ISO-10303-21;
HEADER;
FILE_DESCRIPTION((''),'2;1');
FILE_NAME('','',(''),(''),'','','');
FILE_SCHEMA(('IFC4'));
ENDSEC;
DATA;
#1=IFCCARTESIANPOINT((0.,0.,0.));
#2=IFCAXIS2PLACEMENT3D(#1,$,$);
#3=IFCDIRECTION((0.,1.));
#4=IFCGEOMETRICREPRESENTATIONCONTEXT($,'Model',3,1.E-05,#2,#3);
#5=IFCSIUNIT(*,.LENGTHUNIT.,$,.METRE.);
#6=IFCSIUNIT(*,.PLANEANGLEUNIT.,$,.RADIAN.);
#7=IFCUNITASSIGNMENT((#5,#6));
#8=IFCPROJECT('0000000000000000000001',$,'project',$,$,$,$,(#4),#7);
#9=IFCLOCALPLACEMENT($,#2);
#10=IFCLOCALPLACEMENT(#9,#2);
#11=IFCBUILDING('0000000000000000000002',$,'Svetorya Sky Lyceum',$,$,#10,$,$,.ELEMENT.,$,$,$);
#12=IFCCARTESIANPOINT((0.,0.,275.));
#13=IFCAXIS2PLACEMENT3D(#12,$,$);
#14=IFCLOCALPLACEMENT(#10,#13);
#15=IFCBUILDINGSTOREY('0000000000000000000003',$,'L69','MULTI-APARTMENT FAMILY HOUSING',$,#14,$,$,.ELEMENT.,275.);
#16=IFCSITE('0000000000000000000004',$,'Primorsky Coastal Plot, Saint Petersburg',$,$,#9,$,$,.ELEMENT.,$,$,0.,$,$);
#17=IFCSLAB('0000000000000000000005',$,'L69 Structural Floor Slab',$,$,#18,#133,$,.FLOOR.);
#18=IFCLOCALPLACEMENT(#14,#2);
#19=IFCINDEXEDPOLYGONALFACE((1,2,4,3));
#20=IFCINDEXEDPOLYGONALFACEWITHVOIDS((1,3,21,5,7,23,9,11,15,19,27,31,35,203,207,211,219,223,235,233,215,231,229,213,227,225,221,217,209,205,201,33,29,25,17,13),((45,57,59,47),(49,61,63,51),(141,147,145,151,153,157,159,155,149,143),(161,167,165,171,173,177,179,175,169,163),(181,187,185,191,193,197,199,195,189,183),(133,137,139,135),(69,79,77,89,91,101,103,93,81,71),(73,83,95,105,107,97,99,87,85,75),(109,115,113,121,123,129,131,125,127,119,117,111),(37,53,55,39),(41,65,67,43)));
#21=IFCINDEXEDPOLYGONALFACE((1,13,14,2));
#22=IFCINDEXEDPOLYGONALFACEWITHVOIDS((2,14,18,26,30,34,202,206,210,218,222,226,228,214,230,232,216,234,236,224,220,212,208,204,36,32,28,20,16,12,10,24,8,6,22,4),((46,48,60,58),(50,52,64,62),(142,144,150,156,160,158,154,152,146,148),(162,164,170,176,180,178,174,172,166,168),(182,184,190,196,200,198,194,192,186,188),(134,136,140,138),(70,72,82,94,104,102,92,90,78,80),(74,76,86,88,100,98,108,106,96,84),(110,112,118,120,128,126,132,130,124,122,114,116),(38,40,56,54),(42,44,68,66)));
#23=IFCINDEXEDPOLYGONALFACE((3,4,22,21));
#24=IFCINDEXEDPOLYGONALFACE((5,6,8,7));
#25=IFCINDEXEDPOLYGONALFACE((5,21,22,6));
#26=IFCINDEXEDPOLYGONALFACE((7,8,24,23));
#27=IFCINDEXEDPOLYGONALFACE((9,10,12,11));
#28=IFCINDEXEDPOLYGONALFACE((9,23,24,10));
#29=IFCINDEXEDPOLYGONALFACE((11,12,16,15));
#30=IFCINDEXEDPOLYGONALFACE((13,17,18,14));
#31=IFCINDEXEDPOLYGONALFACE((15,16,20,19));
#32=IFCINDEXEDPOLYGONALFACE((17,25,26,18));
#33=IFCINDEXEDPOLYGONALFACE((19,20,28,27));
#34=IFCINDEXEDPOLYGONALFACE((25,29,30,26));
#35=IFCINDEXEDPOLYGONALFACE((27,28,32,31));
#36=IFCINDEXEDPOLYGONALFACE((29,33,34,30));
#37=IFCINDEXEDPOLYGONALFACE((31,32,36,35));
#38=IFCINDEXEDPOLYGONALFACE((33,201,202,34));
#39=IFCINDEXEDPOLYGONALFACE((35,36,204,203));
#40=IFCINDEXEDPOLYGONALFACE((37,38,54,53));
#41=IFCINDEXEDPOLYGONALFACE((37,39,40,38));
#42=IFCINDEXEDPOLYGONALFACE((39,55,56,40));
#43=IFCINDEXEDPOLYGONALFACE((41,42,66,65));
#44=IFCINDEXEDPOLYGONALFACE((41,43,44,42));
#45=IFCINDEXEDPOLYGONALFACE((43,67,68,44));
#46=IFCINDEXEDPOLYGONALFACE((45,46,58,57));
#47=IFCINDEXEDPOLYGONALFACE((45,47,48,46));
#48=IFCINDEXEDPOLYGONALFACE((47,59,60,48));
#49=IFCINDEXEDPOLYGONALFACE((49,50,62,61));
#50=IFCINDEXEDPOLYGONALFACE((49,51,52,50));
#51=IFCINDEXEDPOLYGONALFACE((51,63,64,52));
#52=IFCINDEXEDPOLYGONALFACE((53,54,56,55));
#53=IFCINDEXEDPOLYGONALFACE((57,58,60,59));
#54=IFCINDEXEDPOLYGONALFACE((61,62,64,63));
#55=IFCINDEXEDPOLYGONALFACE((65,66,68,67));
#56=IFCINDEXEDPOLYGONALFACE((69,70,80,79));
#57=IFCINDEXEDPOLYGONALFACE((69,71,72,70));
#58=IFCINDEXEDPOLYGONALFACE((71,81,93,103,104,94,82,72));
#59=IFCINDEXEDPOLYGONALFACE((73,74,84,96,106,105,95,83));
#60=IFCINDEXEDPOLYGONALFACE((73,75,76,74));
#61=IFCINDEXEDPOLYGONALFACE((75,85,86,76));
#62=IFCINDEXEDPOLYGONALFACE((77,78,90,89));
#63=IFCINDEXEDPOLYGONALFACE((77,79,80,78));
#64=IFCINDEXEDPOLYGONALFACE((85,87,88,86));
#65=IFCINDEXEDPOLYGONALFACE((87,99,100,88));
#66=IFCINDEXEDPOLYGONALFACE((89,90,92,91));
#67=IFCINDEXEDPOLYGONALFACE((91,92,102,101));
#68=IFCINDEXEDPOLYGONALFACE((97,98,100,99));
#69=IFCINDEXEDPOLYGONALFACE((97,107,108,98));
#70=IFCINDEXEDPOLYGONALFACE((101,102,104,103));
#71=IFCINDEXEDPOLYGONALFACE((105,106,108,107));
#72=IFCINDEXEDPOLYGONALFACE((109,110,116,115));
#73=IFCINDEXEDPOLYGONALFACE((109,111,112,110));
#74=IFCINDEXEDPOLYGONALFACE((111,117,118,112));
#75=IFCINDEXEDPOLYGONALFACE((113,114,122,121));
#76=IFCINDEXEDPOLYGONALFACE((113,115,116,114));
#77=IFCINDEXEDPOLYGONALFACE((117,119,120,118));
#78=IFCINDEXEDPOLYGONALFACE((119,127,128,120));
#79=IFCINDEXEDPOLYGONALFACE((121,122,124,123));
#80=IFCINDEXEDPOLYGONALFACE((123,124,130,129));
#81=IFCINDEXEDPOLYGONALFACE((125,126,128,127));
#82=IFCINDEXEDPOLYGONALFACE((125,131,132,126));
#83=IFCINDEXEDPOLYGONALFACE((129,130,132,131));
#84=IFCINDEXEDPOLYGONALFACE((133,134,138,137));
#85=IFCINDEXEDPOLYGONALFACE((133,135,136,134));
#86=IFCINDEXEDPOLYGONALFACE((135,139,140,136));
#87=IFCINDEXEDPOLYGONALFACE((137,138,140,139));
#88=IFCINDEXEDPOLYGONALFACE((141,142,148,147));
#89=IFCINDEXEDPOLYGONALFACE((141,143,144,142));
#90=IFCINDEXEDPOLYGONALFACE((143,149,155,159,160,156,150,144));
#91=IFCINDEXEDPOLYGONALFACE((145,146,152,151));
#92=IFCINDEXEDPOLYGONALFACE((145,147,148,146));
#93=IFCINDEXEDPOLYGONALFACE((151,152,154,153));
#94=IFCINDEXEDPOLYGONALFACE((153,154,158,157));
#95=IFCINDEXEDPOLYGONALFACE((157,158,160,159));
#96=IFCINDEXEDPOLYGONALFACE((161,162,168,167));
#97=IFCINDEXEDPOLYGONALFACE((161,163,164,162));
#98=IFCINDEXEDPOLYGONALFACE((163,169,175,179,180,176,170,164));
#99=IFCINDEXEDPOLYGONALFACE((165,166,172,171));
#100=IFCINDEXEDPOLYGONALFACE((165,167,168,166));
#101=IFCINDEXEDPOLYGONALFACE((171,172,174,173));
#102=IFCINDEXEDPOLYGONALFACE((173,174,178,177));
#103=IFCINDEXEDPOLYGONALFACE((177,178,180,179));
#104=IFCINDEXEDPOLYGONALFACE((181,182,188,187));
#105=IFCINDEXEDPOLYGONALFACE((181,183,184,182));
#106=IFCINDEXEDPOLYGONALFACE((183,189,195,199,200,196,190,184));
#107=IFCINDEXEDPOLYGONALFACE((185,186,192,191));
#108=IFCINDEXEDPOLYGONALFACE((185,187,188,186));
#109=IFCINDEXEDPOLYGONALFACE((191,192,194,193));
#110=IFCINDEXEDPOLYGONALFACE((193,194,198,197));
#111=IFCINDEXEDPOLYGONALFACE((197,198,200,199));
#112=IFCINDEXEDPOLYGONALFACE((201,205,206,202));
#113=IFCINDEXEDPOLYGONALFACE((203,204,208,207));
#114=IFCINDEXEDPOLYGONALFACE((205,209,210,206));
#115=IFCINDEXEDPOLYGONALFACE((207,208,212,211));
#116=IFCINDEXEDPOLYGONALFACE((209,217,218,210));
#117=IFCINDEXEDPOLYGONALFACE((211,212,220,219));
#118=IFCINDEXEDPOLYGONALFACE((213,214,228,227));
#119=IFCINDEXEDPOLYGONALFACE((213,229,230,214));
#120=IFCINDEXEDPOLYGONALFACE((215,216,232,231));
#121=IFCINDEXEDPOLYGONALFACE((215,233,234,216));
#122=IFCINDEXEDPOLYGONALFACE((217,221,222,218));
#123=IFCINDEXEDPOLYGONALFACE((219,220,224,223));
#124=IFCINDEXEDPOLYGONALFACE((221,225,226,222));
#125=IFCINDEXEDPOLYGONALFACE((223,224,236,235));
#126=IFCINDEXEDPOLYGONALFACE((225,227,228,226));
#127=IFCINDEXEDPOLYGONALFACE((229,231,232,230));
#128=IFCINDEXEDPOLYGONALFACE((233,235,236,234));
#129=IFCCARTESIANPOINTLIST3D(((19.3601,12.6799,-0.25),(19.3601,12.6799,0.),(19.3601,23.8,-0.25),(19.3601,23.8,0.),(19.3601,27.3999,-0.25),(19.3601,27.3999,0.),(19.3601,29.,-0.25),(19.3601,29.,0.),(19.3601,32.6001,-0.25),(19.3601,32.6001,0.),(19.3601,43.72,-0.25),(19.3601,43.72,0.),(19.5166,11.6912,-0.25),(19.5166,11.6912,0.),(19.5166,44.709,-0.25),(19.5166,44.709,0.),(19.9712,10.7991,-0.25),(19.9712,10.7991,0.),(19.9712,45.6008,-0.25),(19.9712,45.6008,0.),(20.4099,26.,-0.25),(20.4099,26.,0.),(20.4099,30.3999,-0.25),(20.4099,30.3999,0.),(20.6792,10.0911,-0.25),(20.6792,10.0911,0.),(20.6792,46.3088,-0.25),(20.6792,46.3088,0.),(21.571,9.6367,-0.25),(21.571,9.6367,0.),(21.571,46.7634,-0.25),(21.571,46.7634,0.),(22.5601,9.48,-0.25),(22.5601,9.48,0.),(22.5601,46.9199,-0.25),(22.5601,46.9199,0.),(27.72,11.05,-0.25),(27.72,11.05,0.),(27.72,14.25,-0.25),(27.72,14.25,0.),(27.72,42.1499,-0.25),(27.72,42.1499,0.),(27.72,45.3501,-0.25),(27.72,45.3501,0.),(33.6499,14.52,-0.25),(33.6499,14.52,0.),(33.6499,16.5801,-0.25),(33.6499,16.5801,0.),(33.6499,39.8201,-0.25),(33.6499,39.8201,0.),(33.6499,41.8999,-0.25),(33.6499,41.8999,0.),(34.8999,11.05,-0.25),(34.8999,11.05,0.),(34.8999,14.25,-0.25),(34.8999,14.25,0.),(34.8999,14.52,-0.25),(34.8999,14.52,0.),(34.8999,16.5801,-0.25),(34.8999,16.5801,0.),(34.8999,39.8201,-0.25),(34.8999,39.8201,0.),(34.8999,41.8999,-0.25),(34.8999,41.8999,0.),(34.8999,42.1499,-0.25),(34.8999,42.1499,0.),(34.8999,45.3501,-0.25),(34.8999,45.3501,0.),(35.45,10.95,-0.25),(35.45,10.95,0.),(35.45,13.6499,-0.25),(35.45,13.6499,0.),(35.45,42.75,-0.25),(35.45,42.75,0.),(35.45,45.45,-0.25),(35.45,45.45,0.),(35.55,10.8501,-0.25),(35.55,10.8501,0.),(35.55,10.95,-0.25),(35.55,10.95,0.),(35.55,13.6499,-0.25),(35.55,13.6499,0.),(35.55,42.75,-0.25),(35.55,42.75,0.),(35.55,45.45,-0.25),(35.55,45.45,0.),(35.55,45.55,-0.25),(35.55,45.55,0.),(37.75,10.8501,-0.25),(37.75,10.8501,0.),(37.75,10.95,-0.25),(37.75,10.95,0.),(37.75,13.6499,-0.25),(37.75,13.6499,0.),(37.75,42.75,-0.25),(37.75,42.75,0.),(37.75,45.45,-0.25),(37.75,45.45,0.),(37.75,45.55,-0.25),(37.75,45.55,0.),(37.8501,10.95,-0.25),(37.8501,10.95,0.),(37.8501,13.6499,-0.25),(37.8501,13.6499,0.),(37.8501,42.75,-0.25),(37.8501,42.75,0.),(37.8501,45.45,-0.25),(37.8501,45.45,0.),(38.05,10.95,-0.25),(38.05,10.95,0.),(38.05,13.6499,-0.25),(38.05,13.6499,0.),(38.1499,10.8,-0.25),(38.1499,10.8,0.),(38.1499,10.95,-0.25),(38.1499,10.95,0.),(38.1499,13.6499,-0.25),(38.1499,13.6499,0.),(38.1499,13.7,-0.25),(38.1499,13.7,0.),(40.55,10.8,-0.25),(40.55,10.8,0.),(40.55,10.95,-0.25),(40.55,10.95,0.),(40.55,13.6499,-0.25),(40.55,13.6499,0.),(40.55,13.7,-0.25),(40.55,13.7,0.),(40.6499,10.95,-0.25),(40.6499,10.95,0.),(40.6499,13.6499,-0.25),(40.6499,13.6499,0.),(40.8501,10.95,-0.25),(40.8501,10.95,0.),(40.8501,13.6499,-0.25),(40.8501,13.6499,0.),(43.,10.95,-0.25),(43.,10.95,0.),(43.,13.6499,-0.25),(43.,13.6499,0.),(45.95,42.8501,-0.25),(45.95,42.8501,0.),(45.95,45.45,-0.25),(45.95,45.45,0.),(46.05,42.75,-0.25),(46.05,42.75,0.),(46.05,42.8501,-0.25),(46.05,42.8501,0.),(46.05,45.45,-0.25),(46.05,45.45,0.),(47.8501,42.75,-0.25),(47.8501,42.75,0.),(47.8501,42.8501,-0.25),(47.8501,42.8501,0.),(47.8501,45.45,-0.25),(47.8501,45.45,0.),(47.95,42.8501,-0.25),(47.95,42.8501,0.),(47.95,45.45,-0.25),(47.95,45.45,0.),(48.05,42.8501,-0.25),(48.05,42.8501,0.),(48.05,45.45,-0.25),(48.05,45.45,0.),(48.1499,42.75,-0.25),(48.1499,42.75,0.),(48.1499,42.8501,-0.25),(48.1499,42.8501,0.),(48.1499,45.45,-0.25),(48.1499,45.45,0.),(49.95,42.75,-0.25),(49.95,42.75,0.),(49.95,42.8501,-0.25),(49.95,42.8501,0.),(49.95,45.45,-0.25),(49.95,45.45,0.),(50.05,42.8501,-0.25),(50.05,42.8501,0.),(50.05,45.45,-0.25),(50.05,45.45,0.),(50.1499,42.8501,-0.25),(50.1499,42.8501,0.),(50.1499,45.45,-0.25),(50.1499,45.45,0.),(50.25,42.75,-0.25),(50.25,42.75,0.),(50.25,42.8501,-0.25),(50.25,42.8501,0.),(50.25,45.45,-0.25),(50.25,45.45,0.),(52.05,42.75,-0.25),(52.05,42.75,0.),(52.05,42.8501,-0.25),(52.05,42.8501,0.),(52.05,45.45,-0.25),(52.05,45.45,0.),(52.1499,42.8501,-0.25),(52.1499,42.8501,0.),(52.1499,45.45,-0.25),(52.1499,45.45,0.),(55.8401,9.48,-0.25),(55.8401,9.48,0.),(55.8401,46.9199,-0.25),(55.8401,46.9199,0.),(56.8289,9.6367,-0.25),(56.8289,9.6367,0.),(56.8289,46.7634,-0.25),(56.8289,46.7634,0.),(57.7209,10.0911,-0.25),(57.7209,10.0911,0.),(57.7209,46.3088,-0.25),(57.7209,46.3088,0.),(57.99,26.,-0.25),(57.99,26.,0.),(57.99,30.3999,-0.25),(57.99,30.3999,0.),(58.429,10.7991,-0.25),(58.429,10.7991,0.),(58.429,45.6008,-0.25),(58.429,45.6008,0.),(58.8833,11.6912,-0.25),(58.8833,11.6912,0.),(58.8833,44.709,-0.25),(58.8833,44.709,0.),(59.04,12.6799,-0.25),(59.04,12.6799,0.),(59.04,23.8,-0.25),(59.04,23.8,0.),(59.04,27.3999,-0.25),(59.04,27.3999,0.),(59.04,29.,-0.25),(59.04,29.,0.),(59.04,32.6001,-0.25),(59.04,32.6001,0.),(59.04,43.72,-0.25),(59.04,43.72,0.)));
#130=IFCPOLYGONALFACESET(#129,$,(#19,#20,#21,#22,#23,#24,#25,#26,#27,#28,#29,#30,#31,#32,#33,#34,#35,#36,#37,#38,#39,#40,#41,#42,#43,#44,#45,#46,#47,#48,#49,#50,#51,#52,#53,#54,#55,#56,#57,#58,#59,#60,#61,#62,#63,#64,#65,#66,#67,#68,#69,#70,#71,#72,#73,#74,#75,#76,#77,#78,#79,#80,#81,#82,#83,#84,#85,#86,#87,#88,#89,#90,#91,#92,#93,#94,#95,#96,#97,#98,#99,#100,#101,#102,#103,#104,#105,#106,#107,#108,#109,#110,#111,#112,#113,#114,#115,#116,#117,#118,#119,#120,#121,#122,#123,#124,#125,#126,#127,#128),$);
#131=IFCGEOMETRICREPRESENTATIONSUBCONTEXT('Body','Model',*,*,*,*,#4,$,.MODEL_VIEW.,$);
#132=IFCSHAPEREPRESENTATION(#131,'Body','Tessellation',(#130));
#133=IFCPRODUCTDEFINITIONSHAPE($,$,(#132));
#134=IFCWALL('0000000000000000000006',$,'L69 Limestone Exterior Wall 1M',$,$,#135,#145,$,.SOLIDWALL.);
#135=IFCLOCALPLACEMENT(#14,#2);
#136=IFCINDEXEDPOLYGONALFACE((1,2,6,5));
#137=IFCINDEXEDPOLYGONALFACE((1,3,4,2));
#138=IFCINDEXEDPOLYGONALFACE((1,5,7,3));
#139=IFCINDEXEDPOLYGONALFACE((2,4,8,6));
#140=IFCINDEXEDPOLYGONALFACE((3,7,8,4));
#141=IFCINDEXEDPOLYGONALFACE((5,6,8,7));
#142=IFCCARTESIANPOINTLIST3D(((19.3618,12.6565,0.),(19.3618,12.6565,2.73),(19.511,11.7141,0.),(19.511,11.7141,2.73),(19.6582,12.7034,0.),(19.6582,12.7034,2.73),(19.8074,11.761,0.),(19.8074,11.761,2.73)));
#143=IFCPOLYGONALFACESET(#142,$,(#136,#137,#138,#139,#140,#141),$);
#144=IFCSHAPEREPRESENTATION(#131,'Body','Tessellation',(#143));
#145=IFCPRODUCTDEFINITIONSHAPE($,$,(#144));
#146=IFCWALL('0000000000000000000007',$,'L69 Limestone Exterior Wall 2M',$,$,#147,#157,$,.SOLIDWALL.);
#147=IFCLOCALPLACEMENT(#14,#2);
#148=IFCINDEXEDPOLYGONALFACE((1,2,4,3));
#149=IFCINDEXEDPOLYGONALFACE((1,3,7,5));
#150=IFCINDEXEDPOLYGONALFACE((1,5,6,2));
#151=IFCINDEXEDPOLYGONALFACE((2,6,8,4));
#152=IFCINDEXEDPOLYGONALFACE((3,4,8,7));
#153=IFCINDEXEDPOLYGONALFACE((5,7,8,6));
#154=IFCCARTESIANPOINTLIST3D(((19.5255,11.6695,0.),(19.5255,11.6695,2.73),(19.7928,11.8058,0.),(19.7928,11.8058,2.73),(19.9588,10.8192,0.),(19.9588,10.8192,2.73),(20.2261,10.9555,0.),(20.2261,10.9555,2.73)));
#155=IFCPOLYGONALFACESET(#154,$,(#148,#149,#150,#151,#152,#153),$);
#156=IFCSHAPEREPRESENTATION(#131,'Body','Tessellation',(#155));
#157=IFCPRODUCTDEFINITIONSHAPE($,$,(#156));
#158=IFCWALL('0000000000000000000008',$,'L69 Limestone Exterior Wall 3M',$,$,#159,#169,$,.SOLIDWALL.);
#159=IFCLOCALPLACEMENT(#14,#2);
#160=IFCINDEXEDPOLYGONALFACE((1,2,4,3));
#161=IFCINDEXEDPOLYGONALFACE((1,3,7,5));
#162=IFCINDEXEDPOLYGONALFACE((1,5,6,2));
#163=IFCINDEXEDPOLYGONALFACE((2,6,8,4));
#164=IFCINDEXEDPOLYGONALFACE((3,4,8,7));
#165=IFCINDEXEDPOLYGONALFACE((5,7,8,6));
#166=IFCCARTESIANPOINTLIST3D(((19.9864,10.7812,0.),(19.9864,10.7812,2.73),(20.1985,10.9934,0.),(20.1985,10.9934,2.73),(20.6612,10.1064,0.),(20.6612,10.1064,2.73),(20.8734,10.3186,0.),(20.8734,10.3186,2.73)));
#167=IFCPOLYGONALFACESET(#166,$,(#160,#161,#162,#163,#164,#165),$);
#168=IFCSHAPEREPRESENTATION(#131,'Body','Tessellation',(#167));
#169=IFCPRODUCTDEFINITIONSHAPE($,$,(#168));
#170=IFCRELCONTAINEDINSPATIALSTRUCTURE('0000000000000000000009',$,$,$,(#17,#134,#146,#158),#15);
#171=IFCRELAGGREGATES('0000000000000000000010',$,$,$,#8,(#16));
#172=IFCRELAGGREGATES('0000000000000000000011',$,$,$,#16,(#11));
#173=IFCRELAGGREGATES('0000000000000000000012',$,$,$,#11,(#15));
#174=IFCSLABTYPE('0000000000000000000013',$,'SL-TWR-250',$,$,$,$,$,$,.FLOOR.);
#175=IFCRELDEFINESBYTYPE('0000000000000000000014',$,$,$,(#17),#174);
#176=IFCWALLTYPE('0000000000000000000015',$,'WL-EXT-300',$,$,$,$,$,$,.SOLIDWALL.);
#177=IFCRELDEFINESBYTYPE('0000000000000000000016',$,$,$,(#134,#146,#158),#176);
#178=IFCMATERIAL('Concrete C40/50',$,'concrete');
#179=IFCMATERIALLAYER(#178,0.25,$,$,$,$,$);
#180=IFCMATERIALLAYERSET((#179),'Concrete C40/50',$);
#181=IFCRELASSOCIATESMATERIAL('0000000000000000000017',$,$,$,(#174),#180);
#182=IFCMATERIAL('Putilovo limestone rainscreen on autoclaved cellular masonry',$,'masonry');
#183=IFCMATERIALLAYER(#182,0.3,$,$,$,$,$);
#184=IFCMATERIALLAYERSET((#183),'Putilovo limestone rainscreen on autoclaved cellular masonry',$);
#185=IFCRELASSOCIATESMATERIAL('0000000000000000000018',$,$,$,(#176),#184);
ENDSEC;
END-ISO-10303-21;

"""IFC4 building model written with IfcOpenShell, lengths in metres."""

from ifc_helpers import new_model, si_unit, direction, frame, frame_2d, origin, place, context, subcontext, project, spatial, polyline, rectangle, outline, extrude, material, layer, layer_set, type_object, element, save


model = new_model("IFC4")

# Units and contexts
model_context = context("Model", 3, precision=1e-05, world=origin(), true_north=direction((0.0, 1.0)))
body_context = subcontext(model_context, "Body", "Model", "MODEL_VIEW")
ifc_project = project(units=[si_unit("LENGTHUNIT", "METRE"), si_unit("PLANEANGLEUNIT", "RADIAN")], contexts=[model_context])

# Site, building, storey
site_placement = place(None, origin())
site = spatial("IfcSite", under=ifc_project, at=site_placement, Name="Primorsky Coastal Plot, Saint Petersburg", CompositionType="ELEMENT", RefElevation=0.0)
building_placement = place(site_placement, origin())
building = spatial("IfcBuilding", under=site, at=building_placement, Name="Svetorya Sky Lyceum", CompositionType="ELEMENT")
storey_placement = place(building_placement, frame((0.0, 0.0, 275.0)))
storey = spatial("IfcBuildingStorey", under=building, at=storey_placement, Name="L69", Description="MULTI-APARTMENT FAMILY HOUSING", CompositionType="ELEMENT", Elevation=275.0)

# Shared definitions
ifc_material_1 = material(Name="Concrete C40/50", Category="concrete")

# Slab
ifc_layer_1 = layer(ifc_material_1, 0.25)
ifc_layer_set_1 = layer_set([ifc_layer_1], Name="Concrete C40/50")
slab_type_1 = type_object("IfcSlabType", Name="SL-TWR-250", PredefinedType="FLOOR", material=ifc_layer_set_1)
slab_1_placement = place(storey_placement, frame((0.0, 0.0, -0.25)))
element("IfcSlab", 1, at=slab_1_placement, inside=storey, type_object=slab_type_1, Name="L69 Structural Floor Slab", PredefinedType="FLOOR", context=body_context, shape_type="SweptSolid", body=[
    extrude(outline(polyline([(19.3601, 12.6799), (19.5166, 11.6912), (19.9712, 10.7991), (20.6792, 10.0911), (21.571, 9.6367), (22.5601, 9.48), (55.8401, 9.48), (56.8289, 9.6367), (57.7209, 10.0911), (58.429, 10.7991), (58.8833, 11.6912), (59.04, 12.6799), (59.04, 23.8), (57.99, 26.0), (59.04, 27.3999), (59.04, 29.0), (57.99, 30.3999), (59.04, 32.6001), (59.04, 43.72), (58.8833, 44.709), (58.429, 45.6008), (57.7209, 46.3088), (56.8289, 46.7634), (55.8401, 46.9199), (22.5601, 46.9199), (21.571, 46.7634), (20.6792, 46.3088), (19.9712, 45.6008), (19.5166, 44.709), (19.3601, 43.72), (19.3601, 32.6001), (20.4099, 30.3999), (19.3601, 29.0), (19.3601, 27.3999), (20.4099, 26.0), (19.3601, 23.8), (19.3601, 12.6799)]), holes=[polyline([(37.8501, 10.95), (37.75, 10.95), (37.75, 10.8501), (35.55, 10.8501), (35.55, 10.95), (35.45, 10.95), (35.45, 13.6499), (35.55, 13.6499), (37.75, 13.6499), (37.8501, 13.6499), (37.8501, 10.95)]), polyline([(38.1499, 10.8), (38.1499, 10.95), (38.05, 10.95), (38.05, 13.6499), (38.1499, 13.6499), (38.1499, 13.7), (40.55, 13.7), (40.55, 13.6499), (40.6499, 13.6499), (40.6499, 10.95), (40.55, 10.95), (40.55, 10.8), (38.1499, 10.8)]), polyline([(27.72, 11.05), (27.72, 14.25), (34.8999, 14.25), (34.8999, 11.05), (27.72, 11.05)]), polyline([(33.6499, 14.52), (33.6499, 16.5801), (34.8999, 16.5801), (34.8999, 14.52), (33.6499, 14.52)]), polyline([(33.6499, 39.8201), (33.6499, 41.8999), (34.8999, 41.8999), (34.8999, 39.8201), (33.6499, 39.8201)]), polyline([(27.72, 42.1499), (27.72, 45.3501), (34.8999, 45.3501), (34.8999, 42.1499), (27.72, 42.1499)]), polyline([(37.75, 42.75), (35.55, 42.75), (35.45, 42.75), (35.45, 45.45), (35.55, 45.45), (35.55, 45.55), (37.75, 45.55), (37.75, 45.45), (37.8501, 45.45), (37.8501, 42.75), (37.75, 42.75)]), polyline([(40.8501, 10.95), (40.8501, 13.6499), (43.0, 13.6499), (43.0, 10.95), (40.8501, 10.95)]), polyline([(46.05, 42.75), (46.05, 42.8501), (45.95, 42.8501), (45.95, 45.45), (46.05, 45.45), (47.8501, 45.45), (47.95, 45.45), (47.95, 42.8501), (47.8501, 42.8501), (47.8501, 42.75), (46.05, 42.75)]), polyline([(50.05, 42.8501), (49.95, 42.8501), (49.95, 42.75), (48.1499, 42.75), (48.1499, 42.8501), (48.05, 42.8501), (48.05, 45.45), (48.1499, 45.45), (49.95, 45.45), (50.05, 45.45), (50.05, 42.8501)]), polyline([(52.1499, 42.8501), (52.05, 42.8501), (52.05, 42.75), (50.25, 42.75), (50.25, 42.8501), (50.1499, 42.8501), (50.1499, 45.45), (50.25, 45.45), (52.05, 45.45), (52.1499, 45.45), (52.1499, 42.8501)])]), origin(), (0.0, 0.0, 1.0), 0.25),
])

# Walls
ifc_material_2 = material(Name="Putilovo limestone rainscreen on autoclaved cellular masonry", Category="masonry")
ifc_layer_2 = layer(ifc_material_2, 0.3)
ifc_layer_set_2 = layer_set([ifc_layer_2], Name="Putilovo limestone rainscreen on autoclaved cellular masonry")
wall_type = type_object("IfcWallType", Name="WL-EXT-300", PredefinedType="SOLIDWALL", material=ifc_layer_set_2)
wall_placement = place(storey_placement, frame((19.51, 12.6799, 0.0), z_axis=(0.0, 0.0, 1.0), x_axis=(0.156344, -0.987703, 0.0)))
element("IfcWall", 2, at=wall_placement, inside=storey, type_object=wall_type, Name="L69 Limestone Exterior Wall 1M", PredefinedType="SOLIDWALL", context=body_context, shape_type="SweptSolid", body=[
    extrude(rectangle(XDim=0.9541, YDim=0.3, at=frame_2d((0.4771, 0.0))), origin(), (0.0, 0.0, 1.0), 2.73),
])
for number, where, z_axis, x_axis, name in (
    (3, (19.6592, 11.7375, 0.0), (0.0, 0.0, 1.0), (0.454056, -0.890973, 0.0), "L69 Limestone Exterior Wall 2M"),
    (4, (20.0925, 10.8872, 0.0), (0.0, 0.0, 1.0), (0.707107, -0.707107, 0.0), "L69 Limestone Exterior Wall 3M"),
):
    element("IfcWall", number, at=place(storey_placement, frame(where, z_axis=z_axis, x_axis=x_axis)), inside=storey, type_object=wall_type, Name=name, PredefinedType="SOLIDWALL", context=body_context, shape_type="SweptSolid", body=[
        extrude(rectangle(XDim=0.9543, YDim=0.3, at=frame_2d((0.4771, 0.0))), origin(), (0.0, 0.0, 1.0), 2.73),
    ])

save(model, "model.ifc")
